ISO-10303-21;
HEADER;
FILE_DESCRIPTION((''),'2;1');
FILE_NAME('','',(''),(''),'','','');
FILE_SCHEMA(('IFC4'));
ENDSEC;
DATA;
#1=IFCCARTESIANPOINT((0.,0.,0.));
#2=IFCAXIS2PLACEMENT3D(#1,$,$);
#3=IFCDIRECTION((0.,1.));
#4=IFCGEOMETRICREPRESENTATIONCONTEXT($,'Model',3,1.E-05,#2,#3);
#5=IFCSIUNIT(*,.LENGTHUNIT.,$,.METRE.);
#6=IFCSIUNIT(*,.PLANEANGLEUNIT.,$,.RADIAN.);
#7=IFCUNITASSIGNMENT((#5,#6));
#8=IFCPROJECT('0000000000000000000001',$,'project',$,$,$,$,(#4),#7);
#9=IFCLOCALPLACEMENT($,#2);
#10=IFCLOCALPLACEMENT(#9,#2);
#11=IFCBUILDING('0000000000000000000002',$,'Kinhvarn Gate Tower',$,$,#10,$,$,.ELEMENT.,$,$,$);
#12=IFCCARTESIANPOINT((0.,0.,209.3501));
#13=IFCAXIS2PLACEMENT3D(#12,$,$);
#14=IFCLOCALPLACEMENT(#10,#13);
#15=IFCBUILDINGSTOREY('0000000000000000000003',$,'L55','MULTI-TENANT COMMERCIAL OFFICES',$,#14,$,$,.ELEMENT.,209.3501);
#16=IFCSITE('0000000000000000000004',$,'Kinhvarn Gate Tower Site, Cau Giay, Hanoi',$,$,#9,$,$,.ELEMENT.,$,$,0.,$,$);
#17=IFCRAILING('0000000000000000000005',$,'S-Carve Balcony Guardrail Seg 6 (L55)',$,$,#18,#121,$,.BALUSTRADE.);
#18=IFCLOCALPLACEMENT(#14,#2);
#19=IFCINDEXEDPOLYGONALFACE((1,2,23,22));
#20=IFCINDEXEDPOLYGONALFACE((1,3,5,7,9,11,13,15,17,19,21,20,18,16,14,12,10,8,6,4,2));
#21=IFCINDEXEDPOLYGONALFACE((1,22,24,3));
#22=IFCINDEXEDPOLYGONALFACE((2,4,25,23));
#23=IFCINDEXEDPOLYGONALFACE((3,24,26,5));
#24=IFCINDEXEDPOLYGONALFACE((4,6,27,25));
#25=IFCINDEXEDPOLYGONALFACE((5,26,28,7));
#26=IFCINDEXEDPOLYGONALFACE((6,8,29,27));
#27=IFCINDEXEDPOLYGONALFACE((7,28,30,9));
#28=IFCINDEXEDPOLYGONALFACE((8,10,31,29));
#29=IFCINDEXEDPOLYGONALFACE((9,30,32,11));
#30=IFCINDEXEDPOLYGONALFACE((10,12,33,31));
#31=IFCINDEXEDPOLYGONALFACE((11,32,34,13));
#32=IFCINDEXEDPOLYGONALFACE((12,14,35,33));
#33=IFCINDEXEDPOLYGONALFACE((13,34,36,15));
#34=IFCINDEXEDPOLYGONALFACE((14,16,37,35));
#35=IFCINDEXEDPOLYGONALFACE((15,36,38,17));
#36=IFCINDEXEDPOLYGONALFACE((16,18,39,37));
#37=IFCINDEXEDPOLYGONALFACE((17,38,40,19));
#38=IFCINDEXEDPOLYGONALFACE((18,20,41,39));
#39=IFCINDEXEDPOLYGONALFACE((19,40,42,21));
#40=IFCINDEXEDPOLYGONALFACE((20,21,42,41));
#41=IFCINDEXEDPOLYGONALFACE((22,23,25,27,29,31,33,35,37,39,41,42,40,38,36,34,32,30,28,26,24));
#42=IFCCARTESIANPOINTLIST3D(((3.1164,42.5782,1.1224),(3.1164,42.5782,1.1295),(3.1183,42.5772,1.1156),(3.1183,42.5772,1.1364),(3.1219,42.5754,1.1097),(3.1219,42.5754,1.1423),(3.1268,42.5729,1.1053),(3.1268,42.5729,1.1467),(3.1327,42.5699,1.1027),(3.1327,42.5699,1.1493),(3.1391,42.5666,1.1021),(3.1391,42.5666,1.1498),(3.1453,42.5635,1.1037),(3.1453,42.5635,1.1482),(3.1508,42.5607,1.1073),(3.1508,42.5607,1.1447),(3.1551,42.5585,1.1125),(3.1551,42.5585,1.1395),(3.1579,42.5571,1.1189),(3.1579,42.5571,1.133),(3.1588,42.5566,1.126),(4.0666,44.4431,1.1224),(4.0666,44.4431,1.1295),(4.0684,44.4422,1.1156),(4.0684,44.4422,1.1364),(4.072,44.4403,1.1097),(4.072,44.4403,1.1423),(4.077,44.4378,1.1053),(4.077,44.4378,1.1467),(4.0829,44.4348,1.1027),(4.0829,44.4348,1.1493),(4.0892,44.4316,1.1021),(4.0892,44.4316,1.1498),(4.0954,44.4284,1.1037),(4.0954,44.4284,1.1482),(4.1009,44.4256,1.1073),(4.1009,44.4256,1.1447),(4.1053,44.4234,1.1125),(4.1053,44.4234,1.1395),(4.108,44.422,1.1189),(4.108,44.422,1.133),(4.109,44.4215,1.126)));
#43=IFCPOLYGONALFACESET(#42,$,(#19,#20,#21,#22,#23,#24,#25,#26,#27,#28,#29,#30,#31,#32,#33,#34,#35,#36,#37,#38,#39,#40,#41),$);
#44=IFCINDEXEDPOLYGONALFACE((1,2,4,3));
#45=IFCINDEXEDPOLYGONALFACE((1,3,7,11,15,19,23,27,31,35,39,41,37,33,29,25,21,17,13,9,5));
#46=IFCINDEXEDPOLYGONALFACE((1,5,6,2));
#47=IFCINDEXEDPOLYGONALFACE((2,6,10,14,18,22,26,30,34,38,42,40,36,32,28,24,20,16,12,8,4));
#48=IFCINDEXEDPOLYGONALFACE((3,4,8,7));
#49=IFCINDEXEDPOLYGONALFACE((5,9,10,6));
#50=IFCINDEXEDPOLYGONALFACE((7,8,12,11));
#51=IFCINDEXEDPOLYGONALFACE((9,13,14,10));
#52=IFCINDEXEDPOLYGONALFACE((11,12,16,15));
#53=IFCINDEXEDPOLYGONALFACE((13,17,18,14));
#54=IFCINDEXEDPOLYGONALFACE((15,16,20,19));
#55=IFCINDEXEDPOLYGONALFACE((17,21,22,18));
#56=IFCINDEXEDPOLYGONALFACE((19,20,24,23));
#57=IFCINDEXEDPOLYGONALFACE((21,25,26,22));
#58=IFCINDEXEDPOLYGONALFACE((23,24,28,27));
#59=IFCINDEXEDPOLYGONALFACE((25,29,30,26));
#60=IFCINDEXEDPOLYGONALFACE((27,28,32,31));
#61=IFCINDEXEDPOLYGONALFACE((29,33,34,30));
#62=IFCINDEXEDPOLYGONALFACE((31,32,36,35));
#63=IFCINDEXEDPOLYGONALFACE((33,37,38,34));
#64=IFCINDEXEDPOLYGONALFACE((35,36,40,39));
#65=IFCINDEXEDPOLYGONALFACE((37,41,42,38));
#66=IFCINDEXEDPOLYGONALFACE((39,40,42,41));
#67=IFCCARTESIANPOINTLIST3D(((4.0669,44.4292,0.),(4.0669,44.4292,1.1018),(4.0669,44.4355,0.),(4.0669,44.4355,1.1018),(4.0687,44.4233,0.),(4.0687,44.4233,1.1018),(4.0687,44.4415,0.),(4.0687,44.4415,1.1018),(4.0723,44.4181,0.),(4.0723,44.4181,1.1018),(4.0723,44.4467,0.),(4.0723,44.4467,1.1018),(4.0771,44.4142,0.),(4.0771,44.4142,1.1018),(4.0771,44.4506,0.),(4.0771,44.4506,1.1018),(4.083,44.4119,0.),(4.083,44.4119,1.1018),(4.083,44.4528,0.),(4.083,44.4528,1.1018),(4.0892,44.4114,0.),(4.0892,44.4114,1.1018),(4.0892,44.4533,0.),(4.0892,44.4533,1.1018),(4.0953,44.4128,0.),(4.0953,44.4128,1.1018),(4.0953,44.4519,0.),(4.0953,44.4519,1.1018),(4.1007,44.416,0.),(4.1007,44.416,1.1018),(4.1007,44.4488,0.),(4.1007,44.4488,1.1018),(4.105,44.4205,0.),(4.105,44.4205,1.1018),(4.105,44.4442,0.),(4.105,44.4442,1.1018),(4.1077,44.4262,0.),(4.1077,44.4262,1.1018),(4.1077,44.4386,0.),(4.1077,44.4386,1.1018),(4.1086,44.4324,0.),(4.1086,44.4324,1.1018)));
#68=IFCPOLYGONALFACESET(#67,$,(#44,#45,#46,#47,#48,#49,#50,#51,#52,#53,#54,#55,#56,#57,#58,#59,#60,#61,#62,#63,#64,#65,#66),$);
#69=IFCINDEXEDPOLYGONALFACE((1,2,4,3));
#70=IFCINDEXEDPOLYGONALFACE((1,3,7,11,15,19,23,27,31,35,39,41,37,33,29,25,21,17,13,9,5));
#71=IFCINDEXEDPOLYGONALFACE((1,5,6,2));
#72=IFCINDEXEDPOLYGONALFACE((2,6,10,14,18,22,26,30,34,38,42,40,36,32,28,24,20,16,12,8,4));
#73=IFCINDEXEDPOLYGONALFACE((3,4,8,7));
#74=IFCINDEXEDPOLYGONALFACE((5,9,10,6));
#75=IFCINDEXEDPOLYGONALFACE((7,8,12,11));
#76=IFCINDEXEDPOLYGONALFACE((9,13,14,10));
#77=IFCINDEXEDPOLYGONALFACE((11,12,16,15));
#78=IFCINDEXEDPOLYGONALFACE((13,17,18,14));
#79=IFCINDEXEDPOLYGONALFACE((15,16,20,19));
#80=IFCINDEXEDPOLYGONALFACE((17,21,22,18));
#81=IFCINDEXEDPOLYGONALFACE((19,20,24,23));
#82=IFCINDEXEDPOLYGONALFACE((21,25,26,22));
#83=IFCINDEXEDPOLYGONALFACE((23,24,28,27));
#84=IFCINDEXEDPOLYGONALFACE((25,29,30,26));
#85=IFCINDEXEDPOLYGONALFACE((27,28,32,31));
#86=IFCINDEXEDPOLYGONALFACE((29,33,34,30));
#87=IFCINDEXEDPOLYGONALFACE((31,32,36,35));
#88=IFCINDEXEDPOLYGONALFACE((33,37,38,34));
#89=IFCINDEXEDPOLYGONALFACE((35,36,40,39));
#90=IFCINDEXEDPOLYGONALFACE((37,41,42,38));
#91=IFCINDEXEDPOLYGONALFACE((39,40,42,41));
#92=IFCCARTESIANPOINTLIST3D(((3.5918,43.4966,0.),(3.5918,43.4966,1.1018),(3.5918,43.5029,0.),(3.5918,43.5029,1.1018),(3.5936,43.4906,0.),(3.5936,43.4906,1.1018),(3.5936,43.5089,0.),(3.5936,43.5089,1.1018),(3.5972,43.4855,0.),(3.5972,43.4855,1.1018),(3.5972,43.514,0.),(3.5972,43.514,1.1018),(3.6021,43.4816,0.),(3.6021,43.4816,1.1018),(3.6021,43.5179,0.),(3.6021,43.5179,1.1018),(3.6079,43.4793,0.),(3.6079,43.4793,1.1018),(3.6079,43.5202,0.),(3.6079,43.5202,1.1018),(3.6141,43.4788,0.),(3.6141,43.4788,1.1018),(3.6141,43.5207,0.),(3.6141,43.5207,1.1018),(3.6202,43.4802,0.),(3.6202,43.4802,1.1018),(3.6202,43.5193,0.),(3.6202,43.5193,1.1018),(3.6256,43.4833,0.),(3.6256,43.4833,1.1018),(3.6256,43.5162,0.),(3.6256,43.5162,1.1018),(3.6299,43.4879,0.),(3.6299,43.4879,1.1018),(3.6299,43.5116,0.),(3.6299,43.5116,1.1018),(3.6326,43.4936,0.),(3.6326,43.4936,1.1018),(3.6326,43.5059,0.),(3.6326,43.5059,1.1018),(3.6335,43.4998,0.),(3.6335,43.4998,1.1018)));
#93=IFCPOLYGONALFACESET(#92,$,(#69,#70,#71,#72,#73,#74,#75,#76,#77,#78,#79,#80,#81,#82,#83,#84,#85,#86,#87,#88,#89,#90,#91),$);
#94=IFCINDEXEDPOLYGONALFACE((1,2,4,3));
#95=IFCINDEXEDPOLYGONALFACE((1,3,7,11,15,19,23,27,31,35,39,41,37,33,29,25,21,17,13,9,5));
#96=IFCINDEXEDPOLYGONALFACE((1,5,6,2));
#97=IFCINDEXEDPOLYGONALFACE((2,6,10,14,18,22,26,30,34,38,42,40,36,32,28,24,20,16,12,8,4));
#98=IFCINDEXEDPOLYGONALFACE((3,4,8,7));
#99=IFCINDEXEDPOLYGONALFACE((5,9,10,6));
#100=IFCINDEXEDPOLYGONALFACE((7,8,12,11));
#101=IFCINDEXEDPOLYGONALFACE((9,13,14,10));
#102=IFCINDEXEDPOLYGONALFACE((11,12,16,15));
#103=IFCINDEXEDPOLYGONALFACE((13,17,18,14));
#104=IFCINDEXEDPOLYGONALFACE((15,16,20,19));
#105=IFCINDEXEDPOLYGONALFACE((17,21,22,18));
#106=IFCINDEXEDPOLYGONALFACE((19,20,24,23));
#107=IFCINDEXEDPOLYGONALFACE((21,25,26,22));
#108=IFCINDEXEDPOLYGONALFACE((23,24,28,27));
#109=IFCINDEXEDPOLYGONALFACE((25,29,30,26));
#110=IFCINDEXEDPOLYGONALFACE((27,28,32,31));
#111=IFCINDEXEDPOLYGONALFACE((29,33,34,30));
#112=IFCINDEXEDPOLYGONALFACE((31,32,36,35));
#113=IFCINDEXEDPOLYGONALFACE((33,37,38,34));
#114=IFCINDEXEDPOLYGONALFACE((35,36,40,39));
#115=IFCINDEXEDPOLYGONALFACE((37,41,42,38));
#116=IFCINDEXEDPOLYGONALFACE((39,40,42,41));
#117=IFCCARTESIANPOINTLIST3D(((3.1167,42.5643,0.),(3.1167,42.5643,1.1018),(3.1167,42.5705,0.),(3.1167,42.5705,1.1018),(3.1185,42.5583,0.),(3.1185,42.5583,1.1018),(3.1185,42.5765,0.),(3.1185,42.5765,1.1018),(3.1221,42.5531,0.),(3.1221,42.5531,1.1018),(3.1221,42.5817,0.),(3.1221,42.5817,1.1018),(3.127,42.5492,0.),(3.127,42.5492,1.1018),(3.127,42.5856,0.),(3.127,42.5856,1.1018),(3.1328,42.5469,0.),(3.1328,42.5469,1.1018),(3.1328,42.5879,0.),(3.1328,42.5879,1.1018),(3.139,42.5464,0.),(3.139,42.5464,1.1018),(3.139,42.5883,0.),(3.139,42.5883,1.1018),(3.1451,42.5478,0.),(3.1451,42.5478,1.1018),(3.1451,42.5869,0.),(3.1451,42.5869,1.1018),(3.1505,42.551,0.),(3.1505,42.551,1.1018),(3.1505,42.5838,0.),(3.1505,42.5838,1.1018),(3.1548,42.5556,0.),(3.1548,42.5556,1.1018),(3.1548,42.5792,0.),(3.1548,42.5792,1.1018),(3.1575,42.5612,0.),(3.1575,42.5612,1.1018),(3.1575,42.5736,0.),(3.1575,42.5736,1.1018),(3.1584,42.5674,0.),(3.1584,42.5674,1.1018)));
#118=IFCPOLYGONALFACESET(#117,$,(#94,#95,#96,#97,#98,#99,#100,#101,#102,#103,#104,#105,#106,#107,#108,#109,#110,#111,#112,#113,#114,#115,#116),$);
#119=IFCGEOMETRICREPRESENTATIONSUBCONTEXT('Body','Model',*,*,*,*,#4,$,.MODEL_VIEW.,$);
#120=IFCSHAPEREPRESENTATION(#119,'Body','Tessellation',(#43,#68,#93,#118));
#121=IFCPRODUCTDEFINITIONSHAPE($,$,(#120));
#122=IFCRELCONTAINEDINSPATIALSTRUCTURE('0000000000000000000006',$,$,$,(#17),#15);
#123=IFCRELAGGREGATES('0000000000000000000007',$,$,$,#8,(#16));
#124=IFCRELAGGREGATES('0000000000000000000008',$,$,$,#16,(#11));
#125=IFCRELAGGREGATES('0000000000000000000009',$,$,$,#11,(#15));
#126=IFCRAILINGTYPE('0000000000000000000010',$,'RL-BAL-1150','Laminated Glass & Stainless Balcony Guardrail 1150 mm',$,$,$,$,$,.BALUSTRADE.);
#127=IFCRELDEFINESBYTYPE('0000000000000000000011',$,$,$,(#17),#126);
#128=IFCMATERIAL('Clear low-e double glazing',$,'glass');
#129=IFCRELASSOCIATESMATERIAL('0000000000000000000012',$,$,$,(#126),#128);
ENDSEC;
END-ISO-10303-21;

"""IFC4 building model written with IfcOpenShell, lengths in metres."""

from ifc_helpers import new_model, si_unit, direction, frame, origin, origin_2d, place, context, subcontext, project, spatial, circle, extrude, material, type_object, element, save


model = new_model("IFC4")

# Units and contexts
model_context = context("Model", 3, precision=1e-05, world=origin(), true_north=direction((0.0, 1.0)))
body_context = subcontext(model_context, "Body", "Model", "MODEL_VIEW")
ifc_project = project(units=[si_unit("LENGTHUNIT", "METRE"), si_unit("PLANEANGLEUNIT", "RADIAN")], contexts=[model_context])

# Site, building, storey
site_placement = place(None, origin())
site = spatial("IfcSite", under=ifc_project, at=site_placement, Name="Kinhvarn Gate Tower Site, Cau Giay, Hanoi", CompositionType="ELEMENT", RefElevation=0.0)
building_placement = place(site_placement, origin())
building = spatial("IfcBuilding", under=site, at=building_placement, Name="Kinhvarn Gate Tower", CompositionType="ELEMENT")
storey_placement = place(building_placement, frame((0.0, 0.0, 209.3501)))
storey = spatial("IfcBuildingStorey", under=building, at=storey_placement, Name="L55", Description="MULTI-TENANT COMMERCIAL OFFICES", CompositionType="ELEMENT", Elevation=209.3501)

# Shared definitions
ifc_material_1 = material(Name="Clear low-e double glazing", Category="glass")

# Railing
railing_type_1 = type_object("IfcRailingType", Name="RL-BAL-1150", Description="Laminated Glass & Stainless Balcony Guardrail 1150 mm", PredefinedType="BALUSTRADE", material=ifc_material_1)
railing_1_placement = place(storey_placement, frame((4.0876, 44.4324, 0.0)))
element("IfcRailing", 1, at=railing_1_placement, inside=storey, type_object=railing_type_1, Name="S-Carve Balcony Guardrail Seg 6 (L55)", PredefinedType="BALUSTRADE", context=body_context, shape_type="SweptSolid", body=[
    extrude(circle(Radius=0.0239, at=origin_2d()), frame((0.0, 0.0, 1.126), z_axis=(-0.453966, -0.891019, 0.0), x_axis=(0.891019, -0.453966, 0.0)), (0.0, 0.0, 1.0), 2.093),
    extrude(circle(Radius=0.021, at=origin_2d()), origin(), (0.0, 0.0, 1.0), 1.1018),
    extrude(circle(Radius=0.021, at=origin_2d()), frame((-0.4751, -0.9326, 0.0)), (0.0, 0.0, 1.0), 1.1018),
    extrude(circle(Radius=0.021, at=origin_2d()), frame((-0.9502, -1.865, 0.0)), (0.0, 0.0, 1.0), 1.1018),
])

save(model, "model.ifc")
